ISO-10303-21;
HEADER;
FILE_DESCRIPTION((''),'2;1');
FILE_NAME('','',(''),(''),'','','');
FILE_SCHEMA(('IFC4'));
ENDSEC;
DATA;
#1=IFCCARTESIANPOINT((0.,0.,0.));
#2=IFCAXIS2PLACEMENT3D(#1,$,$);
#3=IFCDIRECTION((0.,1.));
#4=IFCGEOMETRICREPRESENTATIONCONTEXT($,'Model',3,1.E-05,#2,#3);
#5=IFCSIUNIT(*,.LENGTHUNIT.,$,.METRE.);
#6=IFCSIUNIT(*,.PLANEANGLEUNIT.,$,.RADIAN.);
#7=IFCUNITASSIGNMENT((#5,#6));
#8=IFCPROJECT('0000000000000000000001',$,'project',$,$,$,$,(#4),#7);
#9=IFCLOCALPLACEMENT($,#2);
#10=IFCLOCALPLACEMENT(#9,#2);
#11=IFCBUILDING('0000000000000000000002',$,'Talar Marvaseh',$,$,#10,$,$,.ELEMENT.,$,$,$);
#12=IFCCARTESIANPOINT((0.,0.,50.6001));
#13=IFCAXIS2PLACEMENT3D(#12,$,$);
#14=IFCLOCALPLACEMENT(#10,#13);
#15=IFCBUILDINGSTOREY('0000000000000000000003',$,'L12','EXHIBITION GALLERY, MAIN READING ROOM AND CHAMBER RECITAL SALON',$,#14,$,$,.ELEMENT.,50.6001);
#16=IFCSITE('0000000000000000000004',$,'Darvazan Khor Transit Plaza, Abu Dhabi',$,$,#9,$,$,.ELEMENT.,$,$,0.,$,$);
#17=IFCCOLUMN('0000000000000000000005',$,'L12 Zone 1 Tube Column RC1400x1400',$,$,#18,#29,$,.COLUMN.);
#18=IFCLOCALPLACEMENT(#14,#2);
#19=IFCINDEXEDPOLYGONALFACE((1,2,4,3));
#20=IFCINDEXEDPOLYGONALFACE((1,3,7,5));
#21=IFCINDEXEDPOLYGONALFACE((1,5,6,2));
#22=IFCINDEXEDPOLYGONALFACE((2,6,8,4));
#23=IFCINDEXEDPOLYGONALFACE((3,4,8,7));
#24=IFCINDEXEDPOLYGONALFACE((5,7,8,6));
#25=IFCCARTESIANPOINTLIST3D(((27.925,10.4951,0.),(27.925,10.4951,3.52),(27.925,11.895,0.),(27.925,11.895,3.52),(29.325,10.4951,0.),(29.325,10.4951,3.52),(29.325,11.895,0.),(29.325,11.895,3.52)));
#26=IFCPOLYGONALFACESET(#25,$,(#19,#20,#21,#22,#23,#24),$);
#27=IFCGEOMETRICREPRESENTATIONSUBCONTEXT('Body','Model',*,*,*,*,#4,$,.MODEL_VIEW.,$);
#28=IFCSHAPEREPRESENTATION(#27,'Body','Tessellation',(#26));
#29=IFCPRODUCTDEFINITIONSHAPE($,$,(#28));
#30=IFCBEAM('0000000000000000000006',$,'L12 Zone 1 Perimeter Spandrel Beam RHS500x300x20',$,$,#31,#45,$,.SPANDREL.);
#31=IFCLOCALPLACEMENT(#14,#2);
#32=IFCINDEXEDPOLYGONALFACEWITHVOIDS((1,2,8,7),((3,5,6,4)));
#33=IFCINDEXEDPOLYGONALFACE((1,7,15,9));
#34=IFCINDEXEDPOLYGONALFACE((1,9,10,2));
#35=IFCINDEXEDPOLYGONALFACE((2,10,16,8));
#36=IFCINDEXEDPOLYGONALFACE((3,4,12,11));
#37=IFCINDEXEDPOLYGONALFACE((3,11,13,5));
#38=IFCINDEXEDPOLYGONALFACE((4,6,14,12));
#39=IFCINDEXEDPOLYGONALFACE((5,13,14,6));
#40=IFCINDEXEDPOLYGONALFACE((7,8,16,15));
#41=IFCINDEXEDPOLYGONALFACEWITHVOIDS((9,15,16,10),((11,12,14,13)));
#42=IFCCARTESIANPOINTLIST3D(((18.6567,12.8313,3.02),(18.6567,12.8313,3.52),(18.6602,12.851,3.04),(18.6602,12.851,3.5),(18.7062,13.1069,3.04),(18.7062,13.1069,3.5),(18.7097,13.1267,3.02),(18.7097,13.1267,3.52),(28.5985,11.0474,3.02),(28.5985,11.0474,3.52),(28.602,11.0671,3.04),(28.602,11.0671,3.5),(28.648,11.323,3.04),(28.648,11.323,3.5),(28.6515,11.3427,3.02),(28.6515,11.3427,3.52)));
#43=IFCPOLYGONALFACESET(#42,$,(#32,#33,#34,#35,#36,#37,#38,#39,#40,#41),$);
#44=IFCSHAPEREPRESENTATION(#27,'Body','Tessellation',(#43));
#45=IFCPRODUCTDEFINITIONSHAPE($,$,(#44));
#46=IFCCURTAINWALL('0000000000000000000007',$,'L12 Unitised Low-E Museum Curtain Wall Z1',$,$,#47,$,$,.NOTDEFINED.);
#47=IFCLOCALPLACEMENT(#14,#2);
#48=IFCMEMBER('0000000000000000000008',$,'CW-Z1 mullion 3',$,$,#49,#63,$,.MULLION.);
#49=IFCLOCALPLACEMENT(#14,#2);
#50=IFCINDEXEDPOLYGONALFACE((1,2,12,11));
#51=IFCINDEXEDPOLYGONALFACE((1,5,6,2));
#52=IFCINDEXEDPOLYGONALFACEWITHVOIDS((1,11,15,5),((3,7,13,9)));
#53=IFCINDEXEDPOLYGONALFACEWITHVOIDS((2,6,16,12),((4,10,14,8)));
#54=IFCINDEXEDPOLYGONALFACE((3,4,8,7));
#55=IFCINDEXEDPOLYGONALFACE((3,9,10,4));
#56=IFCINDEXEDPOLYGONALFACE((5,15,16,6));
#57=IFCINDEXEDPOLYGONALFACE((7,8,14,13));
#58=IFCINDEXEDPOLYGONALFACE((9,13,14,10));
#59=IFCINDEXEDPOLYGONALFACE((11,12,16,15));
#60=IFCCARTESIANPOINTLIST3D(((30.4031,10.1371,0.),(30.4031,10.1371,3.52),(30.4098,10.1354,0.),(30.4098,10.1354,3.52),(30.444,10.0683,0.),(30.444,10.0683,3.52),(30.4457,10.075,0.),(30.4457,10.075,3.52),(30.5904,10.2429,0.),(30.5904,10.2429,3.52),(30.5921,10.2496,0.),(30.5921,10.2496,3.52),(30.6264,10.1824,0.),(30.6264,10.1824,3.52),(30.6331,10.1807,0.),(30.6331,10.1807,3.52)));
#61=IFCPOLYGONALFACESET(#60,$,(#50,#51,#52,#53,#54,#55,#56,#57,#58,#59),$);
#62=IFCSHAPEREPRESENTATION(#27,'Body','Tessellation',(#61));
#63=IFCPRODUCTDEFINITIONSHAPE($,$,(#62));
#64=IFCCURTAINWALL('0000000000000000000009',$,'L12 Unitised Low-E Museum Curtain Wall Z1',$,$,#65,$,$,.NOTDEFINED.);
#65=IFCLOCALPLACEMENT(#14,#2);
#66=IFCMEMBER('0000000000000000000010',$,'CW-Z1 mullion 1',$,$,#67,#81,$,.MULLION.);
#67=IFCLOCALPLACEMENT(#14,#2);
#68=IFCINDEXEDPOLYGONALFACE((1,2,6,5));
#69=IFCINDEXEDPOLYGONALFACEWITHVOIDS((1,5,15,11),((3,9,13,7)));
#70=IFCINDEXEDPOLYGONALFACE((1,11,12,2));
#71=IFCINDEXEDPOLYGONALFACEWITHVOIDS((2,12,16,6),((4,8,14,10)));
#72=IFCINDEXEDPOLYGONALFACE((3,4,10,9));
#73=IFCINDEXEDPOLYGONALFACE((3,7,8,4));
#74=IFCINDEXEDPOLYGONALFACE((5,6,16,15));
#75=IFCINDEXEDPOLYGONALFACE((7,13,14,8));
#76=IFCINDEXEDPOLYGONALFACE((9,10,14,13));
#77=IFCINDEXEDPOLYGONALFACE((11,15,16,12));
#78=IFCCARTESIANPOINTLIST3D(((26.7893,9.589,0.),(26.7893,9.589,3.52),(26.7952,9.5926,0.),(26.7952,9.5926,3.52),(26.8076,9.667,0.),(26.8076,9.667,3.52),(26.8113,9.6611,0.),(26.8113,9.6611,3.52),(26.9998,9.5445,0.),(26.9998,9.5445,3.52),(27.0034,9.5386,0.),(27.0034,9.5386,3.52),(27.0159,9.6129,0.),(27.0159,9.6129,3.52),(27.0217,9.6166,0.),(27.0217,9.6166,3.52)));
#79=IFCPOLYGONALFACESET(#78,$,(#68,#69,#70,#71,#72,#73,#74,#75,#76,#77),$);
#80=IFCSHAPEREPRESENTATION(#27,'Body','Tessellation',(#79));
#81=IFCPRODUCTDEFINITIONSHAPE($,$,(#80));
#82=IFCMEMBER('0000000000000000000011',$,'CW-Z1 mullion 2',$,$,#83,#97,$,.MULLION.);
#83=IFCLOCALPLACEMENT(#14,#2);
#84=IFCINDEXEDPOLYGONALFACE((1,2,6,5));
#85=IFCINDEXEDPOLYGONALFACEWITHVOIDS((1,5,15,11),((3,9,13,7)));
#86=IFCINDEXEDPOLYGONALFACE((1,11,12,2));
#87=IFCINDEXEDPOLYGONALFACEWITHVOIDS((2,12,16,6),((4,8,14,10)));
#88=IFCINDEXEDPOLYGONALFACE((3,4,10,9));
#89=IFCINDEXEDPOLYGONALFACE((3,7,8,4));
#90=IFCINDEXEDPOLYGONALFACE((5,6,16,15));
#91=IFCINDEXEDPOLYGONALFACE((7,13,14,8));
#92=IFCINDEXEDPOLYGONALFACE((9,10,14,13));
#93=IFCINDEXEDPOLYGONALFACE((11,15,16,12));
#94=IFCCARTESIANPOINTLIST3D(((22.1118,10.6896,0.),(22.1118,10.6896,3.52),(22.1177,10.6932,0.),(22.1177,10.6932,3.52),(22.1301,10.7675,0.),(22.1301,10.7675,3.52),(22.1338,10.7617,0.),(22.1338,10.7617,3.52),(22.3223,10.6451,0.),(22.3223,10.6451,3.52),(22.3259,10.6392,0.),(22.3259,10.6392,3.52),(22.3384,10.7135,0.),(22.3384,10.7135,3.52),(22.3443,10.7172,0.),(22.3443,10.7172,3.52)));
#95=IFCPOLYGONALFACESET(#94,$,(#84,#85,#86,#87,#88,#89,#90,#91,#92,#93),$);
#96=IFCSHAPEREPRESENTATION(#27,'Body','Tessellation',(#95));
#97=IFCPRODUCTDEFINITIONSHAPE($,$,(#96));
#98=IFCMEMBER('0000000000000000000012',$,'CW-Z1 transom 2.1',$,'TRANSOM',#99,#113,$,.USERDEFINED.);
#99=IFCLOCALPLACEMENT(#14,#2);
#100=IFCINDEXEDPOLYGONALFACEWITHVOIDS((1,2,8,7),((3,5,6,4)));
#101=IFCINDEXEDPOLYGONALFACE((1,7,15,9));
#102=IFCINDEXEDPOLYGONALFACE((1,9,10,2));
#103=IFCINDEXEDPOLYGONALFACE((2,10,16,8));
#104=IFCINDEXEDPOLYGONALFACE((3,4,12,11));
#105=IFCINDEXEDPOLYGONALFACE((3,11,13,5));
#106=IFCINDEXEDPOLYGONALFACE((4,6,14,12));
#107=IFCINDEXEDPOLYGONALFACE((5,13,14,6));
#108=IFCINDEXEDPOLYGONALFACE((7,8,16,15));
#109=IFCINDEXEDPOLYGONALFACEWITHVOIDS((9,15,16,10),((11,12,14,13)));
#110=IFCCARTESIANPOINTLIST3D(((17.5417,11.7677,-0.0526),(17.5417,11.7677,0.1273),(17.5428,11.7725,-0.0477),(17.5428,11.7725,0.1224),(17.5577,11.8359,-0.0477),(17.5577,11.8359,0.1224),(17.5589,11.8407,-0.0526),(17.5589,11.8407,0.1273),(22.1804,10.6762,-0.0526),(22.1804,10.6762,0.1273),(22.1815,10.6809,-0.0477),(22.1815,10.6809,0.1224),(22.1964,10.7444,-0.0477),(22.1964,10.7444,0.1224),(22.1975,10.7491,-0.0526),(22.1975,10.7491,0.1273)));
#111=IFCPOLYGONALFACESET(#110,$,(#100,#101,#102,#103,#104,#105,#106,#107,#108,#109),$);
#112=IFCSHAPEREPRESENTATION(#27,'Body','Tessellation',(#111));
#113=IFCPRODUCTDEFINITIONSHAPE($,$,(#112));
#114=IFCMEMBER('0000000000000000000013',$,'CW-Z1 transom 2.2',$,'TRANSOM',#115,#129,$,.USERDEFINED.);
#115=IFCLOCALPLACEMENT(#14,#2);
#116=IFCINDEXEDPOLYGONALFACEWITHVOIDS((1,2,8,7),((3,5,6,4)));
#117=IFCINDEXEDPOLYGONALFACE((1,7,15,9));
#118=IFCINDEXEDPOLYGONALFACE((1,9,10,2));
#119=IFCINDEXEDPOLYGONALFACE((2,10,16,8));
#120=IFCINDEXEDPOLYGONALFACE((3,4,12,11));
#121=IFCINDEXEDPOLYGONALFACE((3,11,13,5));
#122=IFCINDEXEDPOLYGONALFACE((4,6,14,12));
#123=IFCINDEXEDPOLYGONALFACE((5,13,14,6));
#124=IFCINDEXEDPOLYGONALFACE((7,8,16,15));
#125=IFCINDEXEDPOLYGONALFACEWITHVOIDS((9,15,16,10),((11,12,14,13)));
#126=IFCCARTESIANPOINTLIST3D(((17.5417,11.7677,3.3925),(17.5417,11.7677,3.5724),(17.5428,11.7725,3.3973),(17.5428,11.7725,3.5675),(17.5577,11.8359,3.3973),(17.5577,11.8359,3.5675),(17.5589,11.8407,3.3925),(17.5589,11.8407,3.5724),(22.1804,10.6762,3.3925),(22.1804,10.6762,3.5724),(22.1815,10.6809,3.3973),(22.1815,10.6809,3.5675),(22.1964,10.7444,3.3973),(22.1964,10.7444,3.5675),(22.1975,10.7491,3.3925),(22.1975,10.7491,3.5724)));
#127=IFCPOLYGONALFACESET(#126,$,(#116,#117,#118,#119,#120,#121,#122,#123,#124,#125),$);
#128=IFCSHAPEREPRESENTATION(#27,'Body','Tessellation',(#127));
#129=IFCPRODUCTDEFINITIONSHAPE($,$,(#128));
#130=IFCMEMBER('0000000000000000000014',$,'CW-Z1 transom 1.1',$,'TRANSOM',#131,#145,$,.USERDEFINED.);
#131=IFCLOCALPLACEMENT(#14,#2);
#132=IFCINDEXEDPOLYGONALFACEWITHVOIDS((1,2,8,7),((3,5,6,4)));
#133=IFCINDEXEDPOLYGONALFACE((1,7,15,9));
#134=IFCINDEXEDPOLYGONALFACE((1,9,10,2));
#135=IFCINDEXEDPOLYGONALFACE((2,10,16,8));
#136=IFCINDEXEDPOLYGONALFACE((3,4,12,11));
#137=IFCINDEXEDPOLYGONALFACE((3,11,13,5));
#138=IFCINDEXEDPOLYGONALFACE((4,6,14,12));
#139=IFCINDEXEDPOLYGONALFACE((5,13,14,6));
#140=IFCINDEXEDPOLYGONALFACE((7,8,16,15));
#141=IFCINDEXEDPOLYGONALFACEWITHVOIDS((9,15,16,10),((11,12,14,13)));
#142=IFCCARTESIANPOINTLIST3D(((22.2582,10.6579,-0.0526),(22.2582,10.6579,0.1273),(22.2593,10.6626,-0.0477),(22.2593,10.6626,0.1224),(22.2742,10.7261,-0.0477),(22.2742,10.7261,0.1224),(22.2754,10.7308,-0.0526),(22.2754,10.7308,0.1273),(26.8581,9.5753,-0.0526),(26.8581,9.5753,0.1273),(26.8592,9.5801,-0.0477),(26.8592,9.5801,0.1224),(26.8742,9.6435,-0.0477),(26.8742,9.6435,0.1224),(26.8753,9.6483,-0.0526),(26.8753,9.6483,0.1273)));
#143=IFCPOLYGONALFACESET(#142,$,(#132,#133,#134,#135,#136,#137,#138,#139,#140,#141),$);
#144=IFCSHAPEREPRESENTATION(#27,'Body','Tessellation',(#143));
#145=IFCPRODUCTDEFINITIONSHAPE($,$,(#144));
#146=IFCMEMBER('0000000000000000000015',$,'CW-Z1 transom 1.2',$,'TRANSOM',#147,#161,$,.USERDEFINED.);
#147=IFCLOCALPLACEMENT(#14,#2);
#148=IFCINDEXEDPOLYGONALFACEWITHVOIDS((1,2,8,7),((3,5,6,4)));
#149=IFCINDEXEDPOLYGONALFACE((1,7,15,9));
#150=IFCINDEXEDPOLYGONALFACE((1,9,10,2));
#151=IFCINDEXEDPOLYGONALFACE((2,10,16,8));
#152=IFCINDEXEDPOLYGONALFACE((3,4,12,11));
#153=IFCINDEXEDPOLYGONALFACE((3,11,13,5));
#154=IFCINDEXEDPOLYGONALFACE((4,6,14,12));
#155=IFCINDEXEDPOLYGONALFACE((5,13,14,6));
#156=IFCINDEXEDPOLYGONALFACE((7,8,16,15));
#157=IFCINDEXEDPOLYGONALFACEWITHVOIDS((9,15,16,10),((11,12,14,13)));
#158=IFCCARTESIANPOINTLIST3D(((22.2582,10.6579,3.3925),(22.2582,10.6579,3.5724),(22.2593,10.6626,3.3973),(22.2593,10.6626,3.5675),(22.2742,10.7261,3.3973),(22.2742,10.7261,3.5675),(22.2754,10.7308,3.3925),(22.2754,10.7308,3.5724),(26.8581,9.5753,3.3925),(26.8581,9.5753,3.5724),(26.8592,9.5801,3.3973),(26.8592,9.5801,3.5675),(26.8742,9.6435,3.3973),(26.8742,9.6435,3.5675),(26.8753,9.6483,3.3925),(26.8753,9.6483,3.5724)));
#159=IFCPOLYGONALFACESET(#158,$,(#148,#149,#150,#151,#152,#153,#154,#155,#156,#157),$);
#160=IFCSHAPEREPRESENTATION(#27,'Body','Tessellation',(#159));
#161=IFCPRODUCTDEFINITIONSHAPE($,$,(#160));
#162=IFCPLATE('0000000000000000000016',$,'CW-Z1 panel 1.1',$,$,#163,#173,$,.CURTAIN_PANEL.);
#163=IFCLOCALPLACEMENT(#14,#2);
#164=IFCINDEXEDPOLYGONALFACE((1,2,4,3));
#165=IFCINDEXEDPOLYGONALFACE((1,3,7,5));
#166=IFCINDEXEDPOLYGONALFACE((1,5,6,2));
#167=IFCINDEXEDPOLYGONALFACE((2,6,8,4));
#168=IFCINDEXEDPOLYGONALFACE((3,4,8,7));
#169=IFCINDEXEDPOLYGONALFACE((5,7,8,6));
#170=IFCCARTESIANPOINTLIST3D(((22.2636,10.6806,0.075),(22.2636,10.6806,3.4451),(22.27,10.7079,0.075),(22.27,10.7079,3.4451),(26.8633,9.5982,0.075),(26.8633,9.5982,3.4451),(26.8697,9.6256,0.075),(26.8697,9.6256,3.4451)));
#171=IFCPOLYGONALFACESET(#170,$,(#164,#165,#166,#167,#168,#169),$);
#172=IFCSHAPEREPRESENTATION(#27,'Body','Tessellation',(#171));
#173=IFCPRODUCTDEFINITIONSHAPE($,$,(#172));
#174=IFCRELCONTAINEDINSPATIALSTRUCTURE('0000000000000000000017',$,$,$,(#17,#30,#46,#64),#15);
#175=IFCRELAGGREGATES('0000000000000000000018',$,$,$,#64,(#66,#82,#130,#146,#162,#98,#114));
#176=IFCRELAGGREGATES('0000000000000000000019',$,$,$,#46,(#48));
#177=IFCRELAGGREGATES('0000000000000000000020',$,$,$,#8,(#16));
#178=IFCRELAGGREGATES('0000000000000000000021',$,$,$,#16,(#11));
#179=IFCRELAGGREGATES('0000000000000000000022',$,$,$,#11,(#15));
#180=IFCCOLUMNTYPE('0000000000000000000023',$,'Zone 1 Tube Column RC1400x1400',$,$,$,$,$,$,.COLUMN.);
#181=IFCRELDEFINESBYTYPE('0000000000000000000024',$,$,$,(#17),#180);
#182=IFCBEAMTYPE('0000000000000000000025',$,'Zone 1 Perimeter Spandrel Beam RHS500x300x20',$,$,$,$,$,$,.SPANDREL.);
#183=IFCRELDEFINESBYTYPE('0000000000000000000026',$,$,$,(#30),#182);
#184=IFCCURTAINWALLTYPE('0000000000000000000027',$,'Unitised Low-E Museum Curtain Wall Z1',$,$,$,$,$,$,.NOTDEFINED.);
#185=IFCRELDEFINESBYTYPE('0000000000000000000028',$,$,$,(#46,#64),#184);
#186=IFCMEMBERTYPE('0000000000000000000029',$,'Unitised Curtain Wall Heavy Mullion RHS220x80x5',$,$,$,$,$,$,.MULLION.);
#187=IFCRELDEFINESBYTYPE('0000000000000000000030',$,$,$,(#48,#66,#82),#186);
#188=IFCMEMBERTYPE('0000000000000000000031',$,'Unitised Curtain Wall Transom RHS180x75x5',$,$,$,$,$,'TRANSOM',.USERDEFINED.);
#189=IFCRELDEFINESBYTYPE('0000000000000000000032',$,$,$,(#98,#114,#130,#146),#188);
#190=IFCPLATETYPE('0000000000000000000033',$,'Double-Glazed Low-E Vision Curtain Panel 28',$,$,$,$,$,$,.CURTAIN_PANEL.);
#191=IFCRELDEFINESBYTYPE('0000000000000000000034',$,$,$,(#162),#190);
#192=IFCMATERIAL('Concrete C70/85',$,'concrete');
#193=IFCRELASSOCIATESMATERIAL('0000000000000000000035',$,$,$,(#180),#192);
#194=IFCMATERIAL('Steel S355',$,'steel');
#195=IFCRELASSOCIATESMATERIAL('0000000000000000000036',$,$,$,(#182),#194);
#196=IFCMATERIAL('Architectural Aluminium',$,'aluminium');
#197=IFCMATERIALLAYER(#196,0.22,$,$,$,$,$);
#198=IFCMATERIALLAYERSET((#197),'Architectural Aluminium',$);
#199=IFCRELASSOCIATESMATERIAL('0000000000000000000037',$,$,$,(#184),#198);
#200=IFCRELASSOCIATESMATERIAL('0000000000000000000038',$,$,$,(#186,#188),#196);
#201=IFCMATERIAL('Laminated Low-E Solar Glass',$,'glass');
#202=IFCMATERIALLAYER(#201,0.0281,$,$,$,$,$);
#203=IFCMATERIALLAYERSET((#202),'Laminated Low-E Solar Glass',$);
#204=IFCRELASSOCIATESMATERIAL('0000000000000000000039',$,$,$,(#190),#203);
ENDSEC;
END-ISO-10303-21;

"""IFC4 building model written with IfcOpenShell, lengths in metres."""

from ifc_helpers import new_model, si_unit, direction, frame, origin, origin_2d, place, context, subcontext, project, spatial, rectangle, hollow_rectangle, extrude, source, transform, mapped, material, layer, layer_set, material_profile, profile_set, type_object, type_shapes, element, aggregate, save


model = new_model("IFC4")

# Units and contexts
model_context = context("Model", 3, precision=1e-05, world=origin(), true_north=direction((0.0, 1.0)))
body_context = subcontext(model_context, "Body", "Model", "MODEL_VIEW")
ifc_project = project(units=[si_unit("LENGTHUNIT", "METRE"), si_unit("PLANEANGLEUNIT", "RADIAN")], contexts=[model_context])

# Site, building, storey
site_placement = place(None, origin())
site = spatial("IfcSite", under=ifc_project, at=site_placement, Name="Darvazan Khor Transit Plaza, Abu Dhabi", CompositionType="ELEMENT", RefElevation=0.0)
building_placement = place(site_placement, origin())
building = spatial("IfcBuilding", under=site, at=building_placement, Name="Talar Marvaseh", CompositionType="ELEMENT")
storey_placement = place(building_placement, frame((0.0, 0.0, 50.6001)))
storey = spatial("IfcBuildingStorey", under=building, at=storey_placement, Name="L12", Description="EXHIBITION GALLERY, MAIN READING ROOM AND CHAMBER RECITAL SALON", CompositionType="ELEMENT", Elevation=50.6001)

# Column
ifc_material_1 = material(Name="Concrete C70/85", Category="concrete")
ifc_material_profile_1 = material_profile(ifc_material_1, rectangle(XDim=1.3999, YDim=1.3999, at=origin_2d()), Name="RC1400x1400")
ifc_profile_set_1 = profile_set([ifc_material_profile_1], Name="Concrete C70/85")
column_type = type_object("IfcColumnType", Name="Zone 1 Tube Column RC1400x1400", PredefinedType="COLUMN", material=ifc_profile_set_1)
column_placement = place(storey_placement, frame((28.625, 11.1951, 0.0), z_axis=(0.0, 0.0, 1.0), x_axis=(1.0, 0.0, 0.0)))
element("IfcColumn", 1, at=column_placement, inside=storey, type_object=column_type, Name="L12 Zone 1 Tube Column RC1400x1400", PredefinedType="COLUMN", context=body_context, shape_type="SweptSolid", body=[
    extrude(rectangle(XDim=1.3999, YDim=1.3999, at=origin_2d()), origin(), (0.0, 0.0, 1.0), 3.52),
])

# Beam
ifc_material_2 = material(Name="Steel S355", Category="steel")
ifc_material_profile_2 = material_profile(ifc_material_2, hollow_rectangle(XDim=0.3, YDim=0.5, WallThickness=0.02, at=origin_2d()), Name="RHS500x300x20")
ifc_profile_set_2 = profile_set([ifc_material_profile_2], Name="Steel S355")
beam_type = type_object("IfcBeamType", Name="Zone 1 Perimeter Spandrel Beam RHS500x300x20", PredefinedType="SPANDREL", material=ifc_profile_set_2)
beam_placement = place(storey_placement, frame((28.625, 11.1951, 3.27), z_axis=(-0.98428, 0.176615, 0.0), x_axis=(-0.176615, -0.98428, 0.0)))
element("IfcBeam", 2, at=beam_placement, inside=storey, type_object=beam_type, Name="L12 Zone 1 Perimeter Spandrel Beam RHS500x300x20", PredefinedType="SPANDREL", context=body_context, shape_type="SweptSolid", body=[
    extrude(hollow_rectangle(XDim=0.3, YDim=0.5, WallThickness=0.02, at=origin_2d()), origin(), (0.0, 0.0, 1.0), 10.1006),
])

# Curtain wall, member
ifc_material_3 = material(Name="Architectural Aluminium", Category="aluminium")
ifc_layer_1 = layer(ifc_material_3, 0.22)
ifc_layer_set_1 = layer_set([ifc_layer_1], Name="Architectural Aluminium")
curtain_wall_type = type_object("IfcCurtainWallType", Name="Unitised Low-E Museum Curtain Wall Z1", PredefinedType="NOTDEFINED", material=ifc_layer_set_1)
curtain_wall_1_placement = place(storey_placement, origin())
curtain_wall_1 = element("IfcCurtainWall", 3, at=curtain_wall_1_placement, inside=storey, type_object=curtain_wall_type, Name="L12 Unitised Low-E Museum Curtain Wall Z1", PredefinedType="NOTDEFINED")
ifc_material_profile_3 = material_profile(ifc_material_3, hollow_rectangle(XDim=0.0801, YDim=0.22, WallThickness=0.0049, at=origin_2d()), Name="RHS220x80x5")
ifc_profile_set_3 = profile_set([ifc_material_profile_3], Name="Architectural Aluminium")
member_type_1 = type_object("IfcMemberType", Name="Unitised Curtain Wall Heavy Mullion RHS220x80x5", PredefinedType="MULLION", material=ifc_profile_set_3)
shared_shape_1 = source(origin(), body_context, "Body", "SweptSolid", [
    extrude(hollow_rectangle(XDim=0.0801, YDim=0.22, WallThickness=0.0049, at=origin_2d()), origin(), (0.0, 0.0, 1.0), 3.52),
])
type_shapes(member_type_1, [shared_shape_1])
member_1_placement = place(storey_placement, frame((30.5181, 10.1589, 0.0), z_axis=(0.0, 0.0, 1.0), x_axis=(0.511155, -0.859489, 0.0)))
member_1 = element("IfcMember", 4, at=member_1_placement, type_object=member_type_1, Name="CW-Z1 mullion 3", PredefinedType="MULLION", context=body_context, shape_type="MappedRepresentation", body=[
    mapped(shared_shape_1, transform((0.0, 0.0, 0.0), x_axis=(1.0, 0.0, 0.0), y_axis=(0.0, 1.0, 0.0), z_axis=(0.0, 0.0, 1.0), scale=1.0)),
])

# Curtain wall, members, plate
curtain_wall_2_placement = place(storey_placement, origin())
curtain_wall_2 = element("IfcCurtainWall", 5, at=curtain_wall_2_placement, inside=storey, type_object=curtain_wall_type, Name="L12 Unitised Low-E Museum Curtain Wall Z1", PredefinedType="NOTDEFINED")
member_2_placement = place(storey_placement, frame((26.9055, 9.6028, 0.0), z_axis=(0.0, 0.0, 1.0), x_axis=(-0.229053, -0.973414, 0.0)))
member_2 = element("IfcMember", 6, at=member_2_placement, type_object=member_type_1, Name="CW-Z1 mullion 1", PredefinedType="MULLION", context=body_context, shape_type="MappedRepresentation", body=[
    mapped(shared_shape_1, transform((0.0, 0.0, 0.0), x_axis=(1.0, 0.0, 0.0), y_axis=(0.0, 1.0, 0.0), z_axis=(0.0, 0.0, 1.0), scale=1.0)),
])
member_3_placement = place(storey_placement, frame((22.228, 10.7034, 0.0), z_axis=(0.0, 0.0, 1.0), x_axis=(-0.229053, -0.973414, 0.0)))
member_3 = element("IfcMember", 7, at=member_3_placement, type_object=member_type_1, Name="CW-Z1 mullion 2", PredefinedType="MULLION", context=body_context, shape_type="MappedRepresentation", body=[
    mapped(shared_shape_1, transform((0.0, 0.0, 0.0), x_axis=(1.0, 0.0, 0.0), y_axis=(0.0, 1.0, 0.0), z_axis=(0.0, 0.0, 1.0), scale=1.0)),
])
ifc_material_profile_4 = material_profile(ifc_material_3, hollow_rectangle(XDim=0.075, YDim=0.1799, WallThickness=0.0049, at=origin_2d()), Name="RHS180x75x5")
ifc_profile_set_4 = profile_set([ifc_material_profile_4], Name="Architectural Aluminium")
member_type_2 = type_object("IfcMemberType", Name="Unitised Curtain Wall Transom RHS180x75x5", ElementType="TRANSOM", PredefinedType="USERDEFINED", material=ifc_profile_set_4)
shared_shape_2 = source(origin(), body_context, "Body", "SweptSolid", [
    extrude(hollow_rectangle(XDim=0.075, YDim=0.1799, WallThickness=0.0049, at=origin_2d()), origin(), (0.0, 0.0, 1.0), 4.7654),
])
member_4_placement = place(storey_placement, frame((22.189, 10.7126, 0.0374), z_axis=(-0.973412, 0.229059, 0.0), x_axis=(-0.229059, -0.973412, 0.0)))
member_4 = element("IfcMember", 8, at=member_4_placement, type_object=member_type_2, Name="CW-Z1 transom 2.1", ObjectType="TRANSOM", PredefinedType="USERDEFINED", context=body_context, shape_type="MappedRepresentation", body=[
    mapped(shared_shape_2, transform((0.0, 0.0, 0.0), x_axis=(1.0, 0.0, 0.0), y_axis=(0.0, 1.0, 0.0), z_axis=(0.0, 0.0, 1.0), scale=1.0)),
])
member_5_placement = place(storey_placement, frame((22.189, 10.7126, 3.4824), z_axis=(-0.973412, 0.229059, 0.0), x_axis=(-0.229059, -0.973412, 0.0)))
member_5 = element("IfcMember", 9, at=member_5_placement, type_object=member_type_2, Name="CW-Z1 transom 2.2", ObjectType="TRANSOM", PredefinedType="USERDEFINED", context=body_context, shape_type="MappedRepresentation", body=[
    mapped(shared_shape_2, transform((0.0, 0.0, 0.0), x_axis=(1.0, 0.0, 0.0), y_axis=(0.0, 1.0, 0.0), z_axis=(0.0, 0.0, 1.0), scale=1.0)),
])
shared_shape_3 = source(origin(), body_context, "Body", "SweptSolid", [
    extrude(hollow_rectangle(XDim=0.075, YDim=0.1799, WallThickness=0.0049, at=origin_2d()), origin(), (0.0, 0.0, 1.0), 4.7256),
])
type_shapes(member_type_2, [shared_shape_2, shared_shape_3])
member_6_placement = place(storey_placement, frame((26.8667, 9.6118, 0.0374), z_axis=(-0.973408, 0.22908, 0.0), x_axis=(-0.22908, -0.973408, 0.0)))
member_6 = element("IfcMember", 10, at=member_6_placement, type_object=member_type_2, Name="CW-Z1 transom 1.1", ObjectType="TRANSOM", PredefinedType="USERDEFINED", context=body_context, shape_type="MappedRepresentation", body=[
    mapped(shared_shape_3, transform((0.0, 0.0, 0.0), x_axis=(1.0, 0.0, 0.0), y_axis=(0.0, 1.0, 0.0), z_axis=(0.0, 0.0, 1.0), scale=1.0)),
])
member_7_placement = place(storey_placement, frame((26.8667, 9.6118, 3.4824), z_axis=(-0.973408, 0.22908, 0.0), x_axis=(-0.22908, -0.973408, 0.0)))
member_7 = element("IfcMember", 11, at=member_7_placement, type_object=member_type_2, Name="CW-Z1 transom 1.2", ObjectType="TRANSOM", PredefinedType="USERDEFINED", context=body_context, shape_type="MappedRepresentation", body=[
    mapped(shared_shape_3, transform((0.0, 0.0, 0.0), x_axis=(1.0, 0.0, 0.0), y_axis=(0.0, 1.0, 0.0), z_axis=(0.0, 0.0, 1.0), scale=1.0)),
])
ifc_material_4 = material(Name="Laminated Low-E Solar Glass", Category="glass")
ifc_layer_2 = layer(ifc_material_4, 0.0281)
ifc_layer_set_2 = layer_set([ifc_layer_2], Name="Laminated Low-E Solar Glass")
plate_type = type_object("IfcPlateType", Name="Double-Glazed Low-E Vision Curtain Panel 28", PredefinedType="CURTAIN_PANEL", material=ifc_layer_set_2)
shared_shape_4 = source(origin(), body_context, "Body", "SweptSolid", [
    extrude(rectangle(XDim=4.7253, YDim=0.0281, at=origin_2d()), origin(), (0.0, 0.0, 1.0), 3.3701),
])
plate_1_placement = place(storey_placement, frame((24.5667, 10.1531, 0.075), z_axis=(0.0, 0.0, 1.0), x_axis=(-0.973414, 0.229053, 0.0)))
plate_1 = element("IfcPlate", 12, at=plate_1_placement, type_object=plate_type, Name="CW-Z1 panel 1.1", PredefinedType="CURTAIN_PANEL", context=body_context, shape_type="MappedRepresentation", body=[
    mapped(shared_shape_4, transform((0.0, 0.0, 0.0), x_axis=(1.0, 0.0, 0.0), y_axis=(0.0, 1.0, 0.0), z_axis=(0.0, 0.0, 1.0), scale=1.0)),
])
aggregate(curtain_wall_2, [member_2, member_3, member_6, member_7, plate_1, member_4, member_5])

aggregate(curtain_wall_1, [member_1])

save(model, "model.ifc")
